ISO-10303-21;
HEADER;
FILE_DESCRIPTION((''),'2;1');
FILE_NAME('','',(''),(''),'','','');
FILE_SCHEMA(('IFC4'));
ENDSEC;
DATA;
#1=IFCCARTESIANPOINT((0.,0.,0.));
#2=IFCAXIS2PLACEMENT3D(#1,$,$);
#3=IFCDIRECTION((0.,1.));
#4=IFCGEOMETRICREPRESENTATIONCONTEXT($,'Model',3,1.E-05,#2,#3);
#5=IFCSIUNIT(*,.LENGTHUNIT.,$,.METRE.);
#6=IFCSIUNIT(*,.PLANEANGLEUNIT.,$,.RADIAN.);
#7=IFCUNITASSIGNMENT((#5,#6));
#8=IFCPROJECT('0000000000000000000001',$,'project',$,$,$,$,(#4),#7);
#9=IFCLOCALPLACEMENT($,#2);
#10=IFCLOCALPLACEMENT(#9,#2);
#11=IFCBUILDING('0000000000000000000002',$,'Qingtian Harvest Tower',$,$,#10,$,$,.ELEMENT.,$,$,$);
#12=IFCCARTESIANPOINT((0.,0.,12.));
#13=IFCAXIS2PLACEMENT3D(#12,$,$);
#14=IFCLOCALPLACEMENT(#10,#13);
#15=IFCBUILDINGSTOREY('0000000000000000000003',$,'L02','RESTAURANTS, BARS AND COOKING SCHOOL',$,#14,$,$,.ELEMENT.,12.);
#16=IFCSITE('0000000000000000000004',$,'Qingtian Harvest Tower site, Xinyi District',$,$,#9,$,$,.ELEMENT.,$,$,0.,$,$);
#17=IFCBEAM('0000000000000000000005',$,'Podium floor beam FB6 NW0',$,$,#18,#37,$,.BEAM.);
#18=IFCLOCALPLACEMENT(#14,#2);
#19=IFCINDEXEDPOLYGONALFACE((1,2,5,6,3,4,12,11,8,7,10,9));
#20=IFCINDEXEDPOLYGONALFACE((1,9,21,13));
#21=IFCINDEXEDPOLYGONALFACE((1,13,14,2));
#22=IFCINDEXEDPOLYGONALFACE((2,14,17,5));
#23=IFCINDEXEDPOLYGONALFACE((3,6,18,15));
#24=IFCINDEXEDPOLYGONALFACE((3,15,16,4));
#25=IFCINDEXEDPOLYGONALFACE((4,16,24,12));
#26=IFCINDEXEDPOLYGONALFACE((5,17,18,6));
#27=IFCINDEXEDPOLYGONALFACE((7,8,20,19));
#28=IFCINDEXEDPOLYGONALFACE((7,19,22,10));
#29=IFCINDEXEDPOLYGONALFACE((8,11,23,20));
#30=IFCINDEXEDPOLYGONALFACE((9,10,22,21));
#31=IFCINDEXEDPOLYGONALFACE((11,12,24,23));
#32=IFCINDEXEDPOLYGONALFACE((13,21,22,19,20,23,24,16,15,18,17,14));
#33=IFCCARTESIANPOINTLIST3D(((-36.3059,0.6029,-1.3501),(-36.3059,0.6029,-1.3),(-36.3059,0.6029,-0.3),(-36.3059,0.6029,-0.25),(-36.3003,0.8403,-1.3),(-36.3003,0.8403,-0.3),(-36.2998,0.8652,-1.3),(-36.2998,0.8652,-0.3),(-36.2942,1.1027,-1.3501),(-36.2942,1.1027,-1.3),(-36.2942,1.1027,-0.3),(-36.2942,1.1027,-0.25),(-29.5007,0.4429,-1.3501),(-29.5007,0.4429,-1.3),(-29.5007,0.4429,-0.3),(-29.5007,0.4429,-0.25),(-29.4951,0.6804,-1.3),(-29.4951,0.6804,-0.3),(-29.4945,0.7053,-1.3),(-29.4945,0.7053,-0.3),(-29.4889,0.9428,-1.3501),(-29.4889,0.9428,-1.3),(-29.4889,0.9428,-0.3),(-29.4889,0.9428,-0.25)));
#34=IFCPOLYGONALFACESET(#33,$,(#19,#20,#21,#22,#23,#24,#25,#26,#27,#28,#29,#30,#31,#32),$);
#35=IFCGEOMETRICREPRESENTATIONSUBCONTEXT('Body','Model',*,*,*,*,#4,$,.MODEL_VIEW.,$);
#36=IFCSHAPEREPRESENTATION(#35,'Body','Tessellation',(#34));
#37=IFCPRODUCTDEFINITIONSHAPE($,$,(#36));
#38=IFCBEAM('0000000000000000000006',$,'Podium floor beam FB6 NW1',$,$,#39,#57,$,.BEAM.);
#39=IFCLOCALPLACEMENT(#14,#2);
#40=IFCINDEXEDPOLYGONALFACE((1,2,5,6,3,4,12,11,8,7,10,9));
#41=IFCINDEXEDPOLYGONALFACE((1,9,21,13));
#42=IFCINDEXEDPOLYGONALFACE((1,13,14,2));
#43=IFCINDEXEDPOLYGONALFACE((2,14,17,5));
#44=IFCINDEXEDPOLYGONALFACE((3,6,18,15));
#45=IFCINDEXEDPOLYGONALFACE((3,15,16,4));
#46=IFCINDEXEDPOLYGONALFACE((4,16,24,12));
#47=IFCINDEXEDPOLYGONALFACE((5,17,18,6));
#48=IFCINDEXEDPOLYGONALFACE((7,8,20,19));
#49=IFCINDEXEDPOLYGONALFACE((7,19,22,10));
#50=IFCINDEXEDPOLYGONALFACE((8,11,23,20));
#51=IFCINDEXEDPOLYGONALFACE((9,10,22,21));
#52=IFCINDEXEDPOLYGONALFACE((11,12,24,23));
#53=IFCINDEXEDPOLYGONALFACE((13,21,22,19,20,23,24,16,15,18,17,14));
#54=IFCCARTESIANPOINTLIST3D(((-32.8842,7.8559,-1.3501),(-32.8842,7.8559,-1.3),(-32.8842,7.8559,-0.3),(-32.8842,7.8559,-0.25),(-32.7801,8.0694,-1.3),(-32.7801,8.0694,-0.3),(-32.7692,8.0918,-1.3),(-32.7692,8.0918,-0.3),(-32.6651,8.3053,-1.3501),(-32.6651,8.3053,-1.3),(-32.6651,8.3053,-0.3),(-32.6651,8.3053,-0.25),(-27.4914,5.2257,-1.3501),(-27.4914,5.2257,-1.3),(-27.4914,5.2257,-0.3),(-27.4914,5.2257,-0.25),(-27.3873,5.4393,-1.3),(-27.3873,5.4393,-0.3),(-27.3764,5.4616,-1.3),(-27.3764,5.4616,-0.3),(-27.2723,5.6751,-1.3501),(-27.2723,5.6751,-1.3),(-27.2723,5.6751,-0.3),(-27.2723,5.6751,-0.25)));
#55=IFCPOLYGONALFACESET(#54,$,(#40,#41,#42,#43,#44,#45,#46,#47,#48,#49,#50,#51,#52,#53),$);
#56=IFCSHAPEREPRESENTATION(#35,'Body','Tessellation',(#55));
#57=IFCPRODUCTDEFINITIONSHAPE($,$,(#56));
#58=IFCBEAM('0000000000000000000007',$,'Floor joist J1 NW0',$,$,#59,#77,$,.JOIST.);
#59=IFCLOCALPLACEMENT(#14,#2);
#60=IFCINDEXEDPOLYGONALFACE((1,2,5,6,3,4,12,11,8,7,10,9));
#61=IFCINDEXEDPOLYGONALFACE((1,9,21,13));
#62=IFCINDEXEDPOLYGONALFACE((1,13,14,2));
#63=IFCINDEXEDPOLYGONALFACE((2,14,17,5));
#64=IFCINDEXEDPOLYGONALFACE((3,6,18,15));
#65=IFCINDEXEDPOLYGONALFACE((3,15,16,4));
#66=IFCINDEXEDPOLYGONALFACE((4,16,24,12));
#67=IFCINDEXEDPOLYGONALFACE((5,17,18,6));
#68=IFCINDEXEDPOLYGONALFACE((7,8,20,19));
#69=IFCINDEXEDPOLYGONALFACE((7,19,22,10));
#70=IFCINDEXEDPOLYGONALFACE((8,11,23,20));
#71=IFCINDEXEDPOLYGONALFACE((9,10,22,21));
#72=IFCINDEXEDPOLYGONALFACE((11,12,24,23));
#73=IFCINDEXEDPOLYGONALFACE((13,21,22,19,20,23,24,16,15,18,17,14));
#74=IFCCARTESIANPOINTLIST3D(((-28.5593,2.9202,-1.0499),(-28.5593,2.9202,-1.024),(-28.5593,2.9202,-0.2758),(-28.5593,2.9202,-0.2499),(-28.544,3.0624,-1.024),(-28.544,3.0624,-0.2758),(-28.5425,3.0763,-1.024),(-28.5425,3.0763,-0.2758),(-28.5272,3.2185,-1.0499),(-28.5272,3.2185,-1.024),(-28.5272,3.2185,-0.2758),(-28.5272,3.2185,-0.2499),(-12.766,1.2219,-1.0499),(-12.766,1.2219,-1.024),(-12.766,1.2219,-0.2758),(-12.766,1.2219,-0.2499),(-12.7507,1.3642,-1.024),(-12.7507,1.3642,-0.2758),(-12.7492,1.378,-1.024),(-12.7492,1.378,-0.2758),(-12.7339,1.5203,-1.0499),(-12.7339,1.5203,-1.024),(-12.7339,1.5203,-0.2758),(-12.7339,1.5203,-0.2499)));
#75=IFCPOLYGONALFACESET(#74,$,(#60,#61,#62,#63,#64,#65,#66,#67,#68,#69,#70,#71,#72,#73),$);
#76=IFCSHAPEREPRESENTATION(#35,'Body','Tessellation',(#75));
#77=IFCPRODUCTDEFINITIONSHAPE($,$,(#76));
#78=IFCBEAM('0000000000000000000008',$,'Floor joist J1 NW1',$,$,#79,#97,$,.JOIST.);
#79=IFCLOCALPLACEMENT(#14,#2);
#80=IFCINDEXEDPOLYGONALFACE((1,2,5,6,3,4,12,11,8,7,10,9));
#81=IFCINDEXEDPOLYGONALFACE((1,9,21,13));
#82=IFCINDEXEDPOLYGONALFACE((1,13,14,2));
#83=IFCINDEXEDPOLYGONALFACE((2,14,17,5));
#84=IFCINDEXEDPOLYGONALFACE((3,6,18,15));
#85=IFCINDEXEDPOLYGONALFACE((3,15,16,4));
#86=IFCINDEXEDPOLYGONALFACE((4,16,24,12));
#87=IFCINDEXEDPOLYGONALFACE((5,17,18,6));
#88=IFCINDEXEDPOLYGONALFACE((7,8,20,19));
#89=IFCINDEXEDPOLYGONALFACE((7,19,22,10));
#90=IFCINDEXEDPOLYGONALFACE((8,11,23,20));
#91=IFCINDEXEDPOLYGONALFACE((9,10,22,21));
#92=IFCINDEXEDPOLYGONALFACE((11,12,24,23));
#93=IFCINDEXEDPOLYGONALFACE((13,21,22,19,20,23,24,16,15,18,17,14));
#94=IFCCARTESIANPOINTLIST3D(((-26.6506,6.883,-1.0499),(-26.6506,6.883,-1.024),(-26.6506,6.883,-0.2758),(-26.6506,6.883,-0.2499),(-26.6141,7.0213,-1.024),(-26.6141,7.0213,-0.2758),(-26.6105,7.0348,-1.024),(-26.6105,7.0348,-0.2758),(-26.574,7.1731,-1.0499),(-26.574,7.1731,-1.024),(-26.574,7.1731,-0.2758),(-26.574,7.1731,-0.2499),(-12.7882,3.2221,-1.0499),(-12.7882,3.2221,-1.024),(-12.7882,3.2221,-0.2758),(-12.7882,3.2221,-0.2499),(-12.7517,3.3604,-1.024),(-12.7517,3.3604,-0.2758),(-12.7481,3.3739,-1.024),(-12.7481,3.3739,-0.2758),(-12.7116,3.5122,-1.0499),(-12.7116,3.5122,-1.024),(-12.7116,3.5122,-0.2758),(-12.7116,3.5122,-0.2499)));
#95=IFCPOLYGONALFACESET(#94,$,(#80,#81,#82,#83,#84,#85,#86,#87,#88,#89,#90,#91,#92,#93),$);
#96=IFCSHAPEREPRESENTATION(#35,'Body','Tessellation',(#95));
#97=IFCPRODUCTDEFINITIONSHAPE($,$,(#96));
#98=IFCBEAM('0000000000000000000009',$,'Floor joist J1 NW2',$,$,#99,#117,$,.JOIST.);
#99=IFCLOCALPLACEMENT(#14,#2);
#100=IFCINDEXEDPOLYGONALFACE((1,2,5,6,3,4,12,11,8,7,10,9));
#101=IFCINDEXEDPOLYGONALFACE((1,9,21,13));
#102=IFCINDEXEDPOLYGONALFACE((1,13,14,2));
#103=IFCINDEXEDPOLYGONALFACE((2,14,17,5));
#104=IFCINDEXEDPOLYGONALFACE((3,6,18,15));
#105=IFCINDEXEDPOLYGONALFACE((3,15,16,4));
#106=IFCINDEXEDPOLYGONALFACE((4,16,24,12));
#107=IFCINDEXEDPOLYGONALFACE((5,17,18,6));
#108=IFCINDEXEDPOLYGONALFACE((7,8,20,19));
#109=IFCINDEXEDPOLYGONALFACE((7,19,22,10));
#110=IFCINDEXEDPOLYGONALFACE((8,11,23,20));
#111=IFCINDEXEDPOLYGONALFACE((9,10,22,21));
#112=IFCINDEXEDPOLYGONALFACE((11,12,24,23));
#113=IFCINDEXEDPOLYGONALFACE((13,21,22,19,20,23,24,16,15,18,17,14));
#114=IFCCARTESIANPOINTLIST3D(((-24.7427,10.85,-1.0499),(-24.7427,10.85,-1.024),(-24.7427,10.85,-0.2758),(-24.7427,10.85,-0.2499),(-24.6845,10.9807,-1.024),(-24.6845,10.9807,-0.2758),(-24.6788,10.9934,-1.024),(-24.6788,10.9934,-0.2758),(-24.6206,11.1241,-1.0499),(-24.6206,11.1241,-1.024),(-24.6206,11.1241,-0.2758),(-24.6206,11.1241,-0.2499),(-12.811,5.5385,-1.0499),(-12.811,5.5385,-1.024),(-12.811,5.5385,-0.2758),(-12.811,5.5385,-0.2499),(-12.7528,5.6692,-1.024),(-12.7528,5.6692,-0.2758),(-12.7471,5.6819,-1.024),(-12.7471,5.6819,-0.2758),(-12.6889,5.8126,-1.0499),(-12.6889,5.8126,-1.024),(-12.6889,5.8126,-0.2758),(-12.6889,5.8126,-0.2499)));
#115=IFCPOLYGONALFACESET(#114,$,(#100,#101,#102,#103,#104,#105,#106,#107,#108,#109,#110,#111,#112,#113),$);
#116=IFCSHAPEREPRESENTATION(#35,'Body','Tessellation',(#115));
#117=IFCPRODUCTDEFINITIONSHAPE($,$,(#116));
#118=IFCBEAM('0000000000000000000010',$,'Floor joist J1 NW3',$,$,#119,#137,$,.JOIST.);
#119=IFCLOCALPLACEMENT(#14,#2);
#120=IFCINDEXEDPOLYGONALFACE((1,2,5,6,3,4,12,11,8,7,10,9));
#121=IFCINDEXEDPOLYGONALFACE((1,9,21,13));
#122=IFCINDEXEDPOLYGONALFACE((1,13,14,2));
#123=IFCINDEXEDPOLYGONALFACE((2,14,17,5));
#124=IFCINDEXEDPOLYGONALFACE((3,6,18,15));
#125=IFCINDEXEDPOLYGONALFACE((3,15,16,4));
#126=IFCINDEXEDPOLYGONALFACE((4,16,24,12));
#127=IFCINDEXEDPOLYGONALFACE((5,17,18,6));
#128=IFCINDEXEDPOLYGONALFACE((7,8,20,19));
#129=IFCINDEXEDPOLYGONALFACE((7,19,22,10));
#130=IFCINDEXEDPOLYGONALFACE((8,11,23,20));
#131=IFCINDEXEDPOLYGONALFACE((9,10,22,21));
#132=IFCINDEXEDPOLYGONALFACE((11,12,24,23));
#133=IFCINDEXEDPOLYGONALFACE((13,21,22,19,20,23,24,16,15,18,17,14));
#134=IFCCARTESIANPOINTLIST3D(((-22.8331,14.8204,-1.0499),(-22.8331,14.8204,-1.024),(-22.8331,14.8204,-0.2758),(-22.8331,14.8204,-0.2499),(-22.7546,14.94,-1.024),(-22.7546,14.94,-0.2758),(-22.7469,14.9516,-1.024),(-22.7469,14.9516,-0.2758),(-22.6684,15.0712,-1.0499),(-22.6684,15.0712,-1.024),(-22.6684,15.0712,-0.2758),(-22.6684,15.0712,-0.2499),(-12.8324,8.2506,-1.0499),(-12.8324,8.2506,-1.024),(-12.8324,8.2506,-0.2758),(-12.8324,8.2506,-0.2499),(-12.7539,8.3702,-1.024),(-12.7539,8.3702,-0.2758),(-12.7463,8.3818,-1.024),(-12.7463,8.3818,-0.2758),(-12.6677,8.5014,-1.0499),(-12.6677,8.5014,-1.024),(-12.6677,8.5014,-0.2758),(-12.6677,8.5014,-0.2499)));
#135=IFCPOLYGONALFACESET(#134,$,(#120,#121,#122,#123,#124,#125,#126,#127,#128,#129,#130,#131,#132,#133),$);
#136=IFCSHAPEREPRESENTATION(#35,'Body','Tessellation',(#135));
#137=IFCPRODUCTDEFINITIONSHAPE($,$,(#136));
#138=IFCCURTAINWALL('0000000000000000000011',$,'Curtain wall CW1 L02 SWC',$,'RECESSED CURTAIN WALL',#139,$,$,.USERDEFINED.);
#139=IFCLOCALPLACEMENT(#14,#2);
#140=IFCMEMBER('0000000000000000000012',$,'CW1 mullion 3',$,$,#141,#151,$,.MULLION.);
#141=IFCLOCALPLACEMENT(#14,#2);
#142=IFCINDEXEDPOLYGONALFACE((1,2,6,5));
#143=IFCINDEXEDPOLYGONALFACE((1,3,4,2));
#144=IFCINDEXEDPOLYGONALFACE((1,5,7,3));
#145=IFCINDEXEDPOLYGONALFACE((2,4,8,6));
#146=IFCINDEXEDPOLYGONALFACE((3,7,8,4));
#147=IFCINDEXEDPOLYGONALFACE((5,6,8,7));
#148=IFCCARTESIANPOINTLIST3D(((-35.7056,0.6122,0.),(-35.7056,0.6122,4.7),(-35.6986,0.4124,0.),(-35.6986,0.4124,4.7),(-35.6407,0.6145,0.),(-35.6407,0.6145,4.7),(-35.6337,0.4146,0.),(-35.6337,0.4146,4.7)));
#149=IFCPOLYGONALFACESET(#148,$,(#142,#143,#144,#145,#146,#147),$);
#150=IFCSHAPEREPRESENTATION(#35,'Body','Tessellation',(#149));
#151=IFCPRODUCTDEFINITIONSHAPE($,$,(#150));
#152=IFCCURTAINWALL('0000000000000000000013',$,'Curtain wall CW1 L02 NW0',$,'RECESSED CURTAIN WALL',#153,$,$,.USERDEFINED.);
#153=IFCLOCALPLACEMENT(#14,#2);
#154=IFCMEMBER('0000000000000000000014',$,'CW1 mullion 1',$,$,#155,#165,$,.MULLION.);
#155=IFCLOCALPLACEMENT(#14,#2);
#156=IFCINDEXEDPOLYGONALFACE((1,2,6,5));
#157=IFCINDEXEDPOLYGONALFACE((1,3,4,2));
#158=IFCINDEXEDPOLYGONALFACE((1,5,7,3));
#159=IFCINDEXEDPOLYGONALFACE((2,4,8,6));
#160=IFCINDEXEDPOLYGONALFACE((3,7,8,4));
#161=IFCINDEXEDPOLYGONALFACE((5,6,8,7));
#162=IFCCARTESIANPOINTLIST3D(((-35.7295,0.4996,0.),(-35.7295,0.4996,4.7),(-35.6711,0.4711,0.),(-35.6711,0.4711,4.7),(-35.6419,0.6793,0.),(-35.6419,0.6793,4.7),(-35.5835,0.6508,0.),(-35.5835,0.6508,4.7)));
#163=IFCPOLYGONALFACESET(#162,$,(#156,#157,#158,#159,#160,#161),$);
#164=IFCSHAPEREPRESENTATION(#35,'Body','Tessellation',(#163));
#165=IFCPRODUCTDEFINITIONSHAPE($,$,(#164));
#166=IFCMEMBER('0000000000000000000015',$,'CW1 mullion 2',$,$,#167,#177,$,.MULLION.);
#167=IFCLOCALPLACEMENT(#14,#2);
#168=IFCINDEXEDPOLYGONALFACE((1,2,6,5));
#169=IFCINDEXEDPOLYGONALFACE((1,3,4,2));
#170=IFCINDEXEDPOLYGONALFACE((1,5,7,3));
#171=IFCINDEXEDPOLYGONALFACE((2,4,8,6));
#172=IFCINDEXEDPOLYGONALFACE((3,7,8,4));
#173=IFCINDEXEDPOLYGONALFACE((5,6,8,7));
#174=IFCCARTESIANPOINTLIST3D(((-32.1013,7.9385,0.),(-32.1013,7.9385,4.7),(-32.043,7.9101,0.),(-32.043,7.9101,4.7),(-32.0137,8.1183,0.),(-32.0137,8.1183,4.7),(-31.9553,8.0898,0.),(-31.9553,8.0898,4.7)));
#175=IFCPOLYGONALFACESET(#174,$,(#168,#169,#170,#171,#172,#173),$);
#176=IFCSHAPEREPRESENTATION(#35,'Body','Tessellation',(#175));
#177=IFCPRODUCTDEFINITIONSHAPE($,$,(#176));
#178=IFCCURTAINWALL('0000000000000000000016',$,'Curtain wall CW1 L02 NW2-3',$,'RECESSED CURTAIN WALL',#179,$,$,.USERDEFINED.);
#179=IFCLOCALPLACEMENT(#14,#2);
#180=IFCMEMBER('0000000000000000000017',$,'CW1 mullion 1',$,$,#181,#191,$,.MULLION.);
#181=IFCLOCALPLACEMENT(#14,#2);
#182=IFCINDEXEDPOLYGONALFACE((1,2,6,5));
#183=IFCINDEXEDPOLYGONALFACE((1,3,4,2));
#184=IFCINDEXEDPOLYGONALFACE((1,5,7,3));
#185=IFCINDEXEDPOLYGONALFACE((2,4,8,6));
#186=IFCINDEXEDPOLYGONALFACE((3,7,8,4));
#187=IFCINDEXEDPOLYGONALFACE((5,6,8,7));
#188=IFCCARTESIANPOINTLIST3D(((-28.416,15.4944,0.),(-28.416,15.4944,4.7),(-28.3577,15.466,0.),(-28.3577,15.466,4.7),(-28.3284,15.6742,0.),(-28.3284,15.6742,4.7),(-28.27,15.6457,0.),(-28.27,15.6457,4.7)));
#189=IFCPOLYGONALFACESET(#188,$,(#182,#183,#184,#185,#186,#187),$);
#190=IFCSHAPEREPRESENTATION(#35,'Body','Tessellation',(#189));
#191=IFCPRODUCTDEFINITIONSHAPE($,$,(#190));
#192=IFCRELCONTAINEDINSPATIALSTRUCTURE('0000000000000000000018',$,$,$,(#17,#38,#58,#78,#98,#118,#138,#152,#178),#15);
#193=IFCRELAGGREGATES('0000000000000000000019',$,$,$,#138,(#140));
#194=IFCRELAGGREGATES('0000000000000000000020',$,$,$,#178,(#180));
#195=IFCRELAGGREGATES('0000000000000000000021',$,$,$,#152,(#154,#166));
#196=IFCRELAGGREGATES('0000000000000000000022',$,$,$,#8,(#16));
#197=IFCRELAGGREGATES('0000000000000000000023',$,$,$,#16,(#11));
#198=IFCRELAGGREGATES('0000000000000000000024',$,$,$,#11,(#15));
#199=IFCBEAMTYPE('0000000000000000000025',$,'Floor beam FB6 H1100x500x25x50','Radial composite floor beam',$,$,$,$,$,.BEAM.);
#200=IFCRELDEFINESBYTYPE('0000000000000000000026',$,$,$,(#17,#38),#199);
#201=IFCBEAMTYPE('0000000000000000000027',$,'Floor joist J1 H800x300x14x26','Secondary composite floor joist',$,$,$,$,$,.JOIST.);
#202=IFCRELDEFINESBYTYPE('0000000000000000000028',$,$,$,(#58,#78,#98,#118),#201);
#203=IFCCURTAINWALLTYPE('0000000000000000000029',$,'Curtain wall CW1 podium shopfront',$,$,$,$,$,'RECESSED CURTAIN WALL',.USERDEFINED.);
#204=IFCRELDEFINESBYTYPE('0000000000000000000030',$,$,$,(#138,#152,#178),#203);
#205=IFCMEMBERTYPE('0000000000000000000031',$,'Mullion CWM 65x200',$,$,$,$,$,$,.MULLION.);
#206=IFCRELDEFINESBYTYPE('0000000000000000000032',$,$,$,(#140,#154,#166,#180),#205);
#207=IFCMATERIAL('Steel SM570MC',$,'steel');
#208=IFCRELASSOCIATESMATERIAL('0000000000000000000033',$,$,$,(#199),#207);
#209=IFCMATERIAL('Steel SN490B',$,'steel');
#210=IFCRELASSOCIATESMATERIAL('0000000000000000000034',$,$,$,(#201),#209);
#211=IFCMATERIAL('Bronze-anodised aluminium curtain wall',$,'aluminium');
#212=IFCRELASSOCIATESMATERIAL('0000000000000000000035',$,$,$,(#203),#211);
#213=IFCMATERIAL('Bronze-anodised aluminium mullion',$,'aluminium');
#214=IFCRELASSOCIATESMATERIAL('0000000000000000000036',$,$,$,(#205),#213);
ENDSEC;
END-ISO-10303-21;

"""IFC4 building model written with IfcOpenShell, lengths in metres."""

from ifc_helpers import new_model, si_unit, direction, frame, origin, origin_2d, place, context, subcontext, project, spatial, rectangle, i_section, extrude, material, material_profile, profile_set, type_object, element, aggregate, save


model = new_model("IFC4")

# Units and contexts
model_context = context("Model", 3, precision=1e-05, world=origin(), true_north=direction((0.0, 1.0)))
body_context = subcontext(model_context, "Body", "Model", "MODEL_VIEW")
ifc_project = project(units=[si_unit("LENGTHUNIT", "METRE"), si_unit("PLANEANGLEUNIT", "RADIAN")], contexts=[model_context])

# Site, building, storey
site_placement = place(None, origin())
site = spatial("IfcSite", under=ifc_project, at=site_placement, Name="Qingtian Harvest Tower site, Xinyi District", CompositionType="ELEMENT", RefElevation=0.0)
building_placement = place(site_placement, origin())
building = spatial("IfcBuilding", under=site, at=building_placement, Name="Qingtian Harvest Tower", CompositionType="ELEMENT")
storey_placement = place(building_placement, frame((0.0, 0.0, 12.0)))
storey = spatial("IfcBuildingStorey", under=building, at=storey_placement, Name="L02", Description="RESTAURANTS, BARS AND COOKING SCHOOL", CompositionType="ELEMENT", Elevation=12.0)

# Beams
ifc_material_1 = material(Name="Steel SM570MC", Category="steel")
ifc_material_profile_1 = material_profile(ifc_material_1, i_section(OverallWidth=0.5, OverallDepth=1.1001, WebThickness=0.0249, FlangeThickness=0.05, at=origin_2d()), Name="H1100x500x25x50")
ifc_profile_set_1 = profile_set([ifc_material_profile_1], Name="Steel SM570MC")
beam_type_1 = type_object("IfcBeamType", Name="Floor beam FB6 H1100x500x25x50", Description="Radial composite floor beam", PredefinedType="BEAM", material=ifc_profile_set_1)
beam_1_placement = place(storey_placement, frame((-36.3, 0.8528, -0.8), z_axis=(0.999724, -0.023492, 0.0), x_axis=(0.023492, 0.999724, 0.0)))
element("IfcBeam", 1, at=beam_1_placement, inside=storey, type_object=beam_type_1, Name="Podium floor beam FB6 NW0", PredefinedType="BEAM", context=body_context, shape_type="SweptSolid", body=[
    extrude(i_section(OverallWidth=0.5, OverallDepth=1.1001, WebThickness=0.0249, FlangeThickness=0.05, at=origin_2d()), origin(), (0.0, 0.0, 1.0), 6.8071),
])
beam_2_placement = place(storey_placement, frame((-32.7747, 8.0806, -0.8), z_axis=(0.898802, -0.438354, 0.0), x_axis=(0.438354, 0.898802, 0.0)))
element("IfcBeam", 2, at=beam_2_placement, inside=storey, type_object=beam_type_1, Name="Podium floor beam FB6 NW1", PredefinedType="BEAM", context=body_context, shape_type="SweptSolid", body=[
    extrude(i_section(OverallWidth=0.5, OverallDepth=1.1001, WebThickness=0.0249, FlangeThickness=0.05, at=origin_2d()), origin(), (0.0, 0.0, 1.0), 6.0),
])
ifc_material_2 = material(Name="Steel SN490B", Category="steel")
ifc_material_profile_2 = material_profile(ifc_material_2, i_section(OverallWidth=0.3, OverallDepth=0.8, WebThickness=0.0139, FlangeThickness=0.0259, at=origin_2d()), Name="H800x300x14x26")
ifc_profile_set_2 = profile_set([ifc_material_profile_2], Name="Steel SN490B")
beam_type_2 = type_object("IfcBeamType", Name="Floor joist J1 H800x300x14x26", Description="Secondary composite floor joist", PredefinedType="JOIST", material=ifc_profile_set_2)
beam_3_placement = place(storey_placement, frame((-28.5432, 3.0693, -0.6499), z_axis=(0.994268, -0.106914, 0.0), x_axis=(0.106914, 0.994268, 0.0)))
element("IfcBeam", 3, at=beam_3_placement, inside=storey, type_object=beam_type_2, Name="Floor joist J1 NW0", PredefinedType="JOIST", context=body_context, shape_type="SweptSolid", body=[
    extrude(i_section(OverallWidth=0.3, OverallDepth=0.8, WebThickness=0.0139, FlangeThickness=0.0259, at=origin_2d()), origin(), (0.0, 0.0, 1.0), 15.8843),
])
beam_4_placement = place(storey_placement, frame((-26.6123, 7.0281, -0.6499), z_axis=(0.966852, -0.255336, 0.0), x_axis=(0.255336, 0.966852, 0.0)))
element("IfcBeam", 4, at=beam_4_placement, inside=storey, type_object=beam_type_2, Name="Floor joist J1 NW1", PredefinedType="JOIST", context=body_context, shape_type="SweptSolid", body=[
    extrude(i_section(OverallWidth=0.3, OverallDepth=0.8, WebThickness=0.0139, FlangeThickness=0.0259, at=origin_2d()), origin(), (0.0, 0.0, 1.0), 14.3376),
])
beam_5_placement = place(storey_placement, frame((-24.6816, 10.9871, -0.6499), z_axis=(0.913568, -0.406686, 0.0), x_axis=(0.406686, 0.913568, 0.0)))
element("IfcBeam", 5, at=beam_5_placement, inside=storey, type_object=beam_type_2, Name="Floor joist J1 NW2", PredefinedType="JOIST", context=body_context, shape_type="SweptSolid", body=[
    extrude(i_section(OverallWidth=0.3, OverallDepth=0.8, WebThickness=0.0139, FlangeThickness=0.0259, at=origin_2d()), origin(), (0.0, 0.0, 1.0), 13.0605),
])
beam_6_placement = place(storey_placement, frame((-22.7507, 14.9458, -0.6499), z_axis=(0.835785, -0.549056, 0.0), x_axis=(0.549056, 0.835785, 0.0)))
element("IfcBeam", 6, at=beam_6_placement, inside=storey, type_object=beam_type_2, Name="Floor joist J1 NW3", PredefinedType="JOIST", context=body_context, shape_type="SweptSolid", body=[
    extrude(i_section(OverallWidth=0.3, OverallDepth=0.8, WebThickness=0.0139, FlangeThickness=0.0259, at=origin_2d()), origin(), (0.0, 0.0, 1.0), 11.9656),
])

# Curtain wall, member
ifc_material_3 = material(Name="Bronze-anodised aluminium curtain wall", Category="aluminium")
curtain_wall_type = type_object("IfcCurtainWallType", Name="Curtain wall CW1 podium shopfront", ElementType="RECESSED CURTAIN WALL", PredefinedType="USERDEFINED", material=ifc_material_3)
curtain_wall_1_placement = place(storey_placement, origin())
curtain_wall_1 = element("IfcCurtainWall", 7, at=curtain_wall_1_placement, inside=storey, type_object=curtain_wall_type, Name="Curtain wall CW1 L02 SWC", ObjectType="RECESSED CURTAIN WALL", PredefinedType="USERDEFINED")
ifc_material_4 = material(Name="Bronze-anodised aluminium mullion", Category="aluminium")
ifc_material_profile_3 = material_profile(ifc_material_4, rectangle(XDim=0.0649, YDim=0.2, at=origin_2d()), Name="AL 65x200")
ifc_profile_set_3 = profile_set([ifc_material_profile_3], Name="Bronze-anodised aluminium mullion")
member_type_1 = type_object("IfcMemberType", Name="Mullion CWM 65x200", PredefinedType="MULLION", material=ifc_profile_set_3)
member_1_placement = place(storey_placement, frame((-35.6697, 0.5134, 0.0), z_axis=(0.0, 0.0, 1.0), x_axis=(-0.999391, -0.034899, 0.0)))
member_1 = element("IfcMember", 8, at=member_1_placement, type_object=member_type_1, Name="CW1 mullion 3", PredefinedType="MULLION", context=body_context, shape_type="SweptSolid", body=[
    extrude(rectangle(XDim=0.0649, YDim=0.2, at=origin_2d()), origin(), (0.0, 0.0, 1.0), 4.7),
])
aggregate(curtain_wall_1, [member_1])

# Curtain wall, members
curtain_wall_2_placement = place(storey_placement, origin())
curtain_wall_2 = element("IfcCurtainWall", 9, at=curtain_wall_2_placement, inside=storey, type_object=curtain_wall_type, Name="Curtain wall CW1 L02 NW0", ObjectType="RECESSED CURTAIN WALL", PredefinedType="USERDEFINED")
member_2_placement = place(storey_placement, frame((-35.6565, 0.5752, 0.0), z_axis=(0.0, 0.0, 1.0), x_axis=(-0.898794, 0.438371, 0.0)))
member_2 = element("IfcMember", 10, at=member_2_placement, type_object=member_type_1, Name="CW1 mullion 1", PredefinedType="MULLION", context=body_context, shape_type="SweptSolid", body=[
    extrude(rectangle(XDim=0.0649, YDim=0.2, at=origin_2d()), origin(), (0.0, 0.0, 1.0), 4.7),
])
member_3_placement = place(storey_placement, frame((-32.0283, 8.0142, 0.0), z_axis=(0.0, 0.0, 1.0), x_axis=(-0.898794, 0.438371, 0.0)))
member_3 = element("IfcMember", 11, at=member_3_placement, type_object=member_type_1, Name="CW1 mullion 2", PredefinedType="MULLION", context=body_context, shape_type="SweptSolid", body=[
    extrude(rectangle(XDim=0.0649, YDim=0.2, at=origin_2d()), origin(), (0.0, 0.0, 1.0), 4.7),
])

# Curtain wall, member
curtain_wall_3_placement = place(storey_placement, origin())
curtain_wall_3 = element("IfcCurtainWall", 12, at=curtain_wall_3_placement, inside=storey, type_object=curtain_wall_type, Name="Curtain wall CW1 L02 NW2-3", ObjectType="RECESSED CURTAIN WALL", PredefinedType="USERDEFINED")
member_4_placement = place(storey_placement, frame((-28.343, 15.5701, 0.0), z_axis=(0.0, 0.0, 1.0), x_axis=(-0.898794, 0.438371, 0.0)))
member_4 = element("IfcMember", 13, at=member_4_placement, type_object=member_type_1, Name="CW1 mullion 1", PredefinedType="MULLION", context=body_context, shape_type="SweptSolid", body=[
    extrude(rectangle(XDim=0.0649, YDim=0.2, at=origin_2d()), origin(), (0.0, 0.0, 1.0), 4.7),
])
aggregate(curtain_wall_3, [member_4])

aggregate(curtain_wall_2, [member_2, member_3])

save(model, "model.ifc")
